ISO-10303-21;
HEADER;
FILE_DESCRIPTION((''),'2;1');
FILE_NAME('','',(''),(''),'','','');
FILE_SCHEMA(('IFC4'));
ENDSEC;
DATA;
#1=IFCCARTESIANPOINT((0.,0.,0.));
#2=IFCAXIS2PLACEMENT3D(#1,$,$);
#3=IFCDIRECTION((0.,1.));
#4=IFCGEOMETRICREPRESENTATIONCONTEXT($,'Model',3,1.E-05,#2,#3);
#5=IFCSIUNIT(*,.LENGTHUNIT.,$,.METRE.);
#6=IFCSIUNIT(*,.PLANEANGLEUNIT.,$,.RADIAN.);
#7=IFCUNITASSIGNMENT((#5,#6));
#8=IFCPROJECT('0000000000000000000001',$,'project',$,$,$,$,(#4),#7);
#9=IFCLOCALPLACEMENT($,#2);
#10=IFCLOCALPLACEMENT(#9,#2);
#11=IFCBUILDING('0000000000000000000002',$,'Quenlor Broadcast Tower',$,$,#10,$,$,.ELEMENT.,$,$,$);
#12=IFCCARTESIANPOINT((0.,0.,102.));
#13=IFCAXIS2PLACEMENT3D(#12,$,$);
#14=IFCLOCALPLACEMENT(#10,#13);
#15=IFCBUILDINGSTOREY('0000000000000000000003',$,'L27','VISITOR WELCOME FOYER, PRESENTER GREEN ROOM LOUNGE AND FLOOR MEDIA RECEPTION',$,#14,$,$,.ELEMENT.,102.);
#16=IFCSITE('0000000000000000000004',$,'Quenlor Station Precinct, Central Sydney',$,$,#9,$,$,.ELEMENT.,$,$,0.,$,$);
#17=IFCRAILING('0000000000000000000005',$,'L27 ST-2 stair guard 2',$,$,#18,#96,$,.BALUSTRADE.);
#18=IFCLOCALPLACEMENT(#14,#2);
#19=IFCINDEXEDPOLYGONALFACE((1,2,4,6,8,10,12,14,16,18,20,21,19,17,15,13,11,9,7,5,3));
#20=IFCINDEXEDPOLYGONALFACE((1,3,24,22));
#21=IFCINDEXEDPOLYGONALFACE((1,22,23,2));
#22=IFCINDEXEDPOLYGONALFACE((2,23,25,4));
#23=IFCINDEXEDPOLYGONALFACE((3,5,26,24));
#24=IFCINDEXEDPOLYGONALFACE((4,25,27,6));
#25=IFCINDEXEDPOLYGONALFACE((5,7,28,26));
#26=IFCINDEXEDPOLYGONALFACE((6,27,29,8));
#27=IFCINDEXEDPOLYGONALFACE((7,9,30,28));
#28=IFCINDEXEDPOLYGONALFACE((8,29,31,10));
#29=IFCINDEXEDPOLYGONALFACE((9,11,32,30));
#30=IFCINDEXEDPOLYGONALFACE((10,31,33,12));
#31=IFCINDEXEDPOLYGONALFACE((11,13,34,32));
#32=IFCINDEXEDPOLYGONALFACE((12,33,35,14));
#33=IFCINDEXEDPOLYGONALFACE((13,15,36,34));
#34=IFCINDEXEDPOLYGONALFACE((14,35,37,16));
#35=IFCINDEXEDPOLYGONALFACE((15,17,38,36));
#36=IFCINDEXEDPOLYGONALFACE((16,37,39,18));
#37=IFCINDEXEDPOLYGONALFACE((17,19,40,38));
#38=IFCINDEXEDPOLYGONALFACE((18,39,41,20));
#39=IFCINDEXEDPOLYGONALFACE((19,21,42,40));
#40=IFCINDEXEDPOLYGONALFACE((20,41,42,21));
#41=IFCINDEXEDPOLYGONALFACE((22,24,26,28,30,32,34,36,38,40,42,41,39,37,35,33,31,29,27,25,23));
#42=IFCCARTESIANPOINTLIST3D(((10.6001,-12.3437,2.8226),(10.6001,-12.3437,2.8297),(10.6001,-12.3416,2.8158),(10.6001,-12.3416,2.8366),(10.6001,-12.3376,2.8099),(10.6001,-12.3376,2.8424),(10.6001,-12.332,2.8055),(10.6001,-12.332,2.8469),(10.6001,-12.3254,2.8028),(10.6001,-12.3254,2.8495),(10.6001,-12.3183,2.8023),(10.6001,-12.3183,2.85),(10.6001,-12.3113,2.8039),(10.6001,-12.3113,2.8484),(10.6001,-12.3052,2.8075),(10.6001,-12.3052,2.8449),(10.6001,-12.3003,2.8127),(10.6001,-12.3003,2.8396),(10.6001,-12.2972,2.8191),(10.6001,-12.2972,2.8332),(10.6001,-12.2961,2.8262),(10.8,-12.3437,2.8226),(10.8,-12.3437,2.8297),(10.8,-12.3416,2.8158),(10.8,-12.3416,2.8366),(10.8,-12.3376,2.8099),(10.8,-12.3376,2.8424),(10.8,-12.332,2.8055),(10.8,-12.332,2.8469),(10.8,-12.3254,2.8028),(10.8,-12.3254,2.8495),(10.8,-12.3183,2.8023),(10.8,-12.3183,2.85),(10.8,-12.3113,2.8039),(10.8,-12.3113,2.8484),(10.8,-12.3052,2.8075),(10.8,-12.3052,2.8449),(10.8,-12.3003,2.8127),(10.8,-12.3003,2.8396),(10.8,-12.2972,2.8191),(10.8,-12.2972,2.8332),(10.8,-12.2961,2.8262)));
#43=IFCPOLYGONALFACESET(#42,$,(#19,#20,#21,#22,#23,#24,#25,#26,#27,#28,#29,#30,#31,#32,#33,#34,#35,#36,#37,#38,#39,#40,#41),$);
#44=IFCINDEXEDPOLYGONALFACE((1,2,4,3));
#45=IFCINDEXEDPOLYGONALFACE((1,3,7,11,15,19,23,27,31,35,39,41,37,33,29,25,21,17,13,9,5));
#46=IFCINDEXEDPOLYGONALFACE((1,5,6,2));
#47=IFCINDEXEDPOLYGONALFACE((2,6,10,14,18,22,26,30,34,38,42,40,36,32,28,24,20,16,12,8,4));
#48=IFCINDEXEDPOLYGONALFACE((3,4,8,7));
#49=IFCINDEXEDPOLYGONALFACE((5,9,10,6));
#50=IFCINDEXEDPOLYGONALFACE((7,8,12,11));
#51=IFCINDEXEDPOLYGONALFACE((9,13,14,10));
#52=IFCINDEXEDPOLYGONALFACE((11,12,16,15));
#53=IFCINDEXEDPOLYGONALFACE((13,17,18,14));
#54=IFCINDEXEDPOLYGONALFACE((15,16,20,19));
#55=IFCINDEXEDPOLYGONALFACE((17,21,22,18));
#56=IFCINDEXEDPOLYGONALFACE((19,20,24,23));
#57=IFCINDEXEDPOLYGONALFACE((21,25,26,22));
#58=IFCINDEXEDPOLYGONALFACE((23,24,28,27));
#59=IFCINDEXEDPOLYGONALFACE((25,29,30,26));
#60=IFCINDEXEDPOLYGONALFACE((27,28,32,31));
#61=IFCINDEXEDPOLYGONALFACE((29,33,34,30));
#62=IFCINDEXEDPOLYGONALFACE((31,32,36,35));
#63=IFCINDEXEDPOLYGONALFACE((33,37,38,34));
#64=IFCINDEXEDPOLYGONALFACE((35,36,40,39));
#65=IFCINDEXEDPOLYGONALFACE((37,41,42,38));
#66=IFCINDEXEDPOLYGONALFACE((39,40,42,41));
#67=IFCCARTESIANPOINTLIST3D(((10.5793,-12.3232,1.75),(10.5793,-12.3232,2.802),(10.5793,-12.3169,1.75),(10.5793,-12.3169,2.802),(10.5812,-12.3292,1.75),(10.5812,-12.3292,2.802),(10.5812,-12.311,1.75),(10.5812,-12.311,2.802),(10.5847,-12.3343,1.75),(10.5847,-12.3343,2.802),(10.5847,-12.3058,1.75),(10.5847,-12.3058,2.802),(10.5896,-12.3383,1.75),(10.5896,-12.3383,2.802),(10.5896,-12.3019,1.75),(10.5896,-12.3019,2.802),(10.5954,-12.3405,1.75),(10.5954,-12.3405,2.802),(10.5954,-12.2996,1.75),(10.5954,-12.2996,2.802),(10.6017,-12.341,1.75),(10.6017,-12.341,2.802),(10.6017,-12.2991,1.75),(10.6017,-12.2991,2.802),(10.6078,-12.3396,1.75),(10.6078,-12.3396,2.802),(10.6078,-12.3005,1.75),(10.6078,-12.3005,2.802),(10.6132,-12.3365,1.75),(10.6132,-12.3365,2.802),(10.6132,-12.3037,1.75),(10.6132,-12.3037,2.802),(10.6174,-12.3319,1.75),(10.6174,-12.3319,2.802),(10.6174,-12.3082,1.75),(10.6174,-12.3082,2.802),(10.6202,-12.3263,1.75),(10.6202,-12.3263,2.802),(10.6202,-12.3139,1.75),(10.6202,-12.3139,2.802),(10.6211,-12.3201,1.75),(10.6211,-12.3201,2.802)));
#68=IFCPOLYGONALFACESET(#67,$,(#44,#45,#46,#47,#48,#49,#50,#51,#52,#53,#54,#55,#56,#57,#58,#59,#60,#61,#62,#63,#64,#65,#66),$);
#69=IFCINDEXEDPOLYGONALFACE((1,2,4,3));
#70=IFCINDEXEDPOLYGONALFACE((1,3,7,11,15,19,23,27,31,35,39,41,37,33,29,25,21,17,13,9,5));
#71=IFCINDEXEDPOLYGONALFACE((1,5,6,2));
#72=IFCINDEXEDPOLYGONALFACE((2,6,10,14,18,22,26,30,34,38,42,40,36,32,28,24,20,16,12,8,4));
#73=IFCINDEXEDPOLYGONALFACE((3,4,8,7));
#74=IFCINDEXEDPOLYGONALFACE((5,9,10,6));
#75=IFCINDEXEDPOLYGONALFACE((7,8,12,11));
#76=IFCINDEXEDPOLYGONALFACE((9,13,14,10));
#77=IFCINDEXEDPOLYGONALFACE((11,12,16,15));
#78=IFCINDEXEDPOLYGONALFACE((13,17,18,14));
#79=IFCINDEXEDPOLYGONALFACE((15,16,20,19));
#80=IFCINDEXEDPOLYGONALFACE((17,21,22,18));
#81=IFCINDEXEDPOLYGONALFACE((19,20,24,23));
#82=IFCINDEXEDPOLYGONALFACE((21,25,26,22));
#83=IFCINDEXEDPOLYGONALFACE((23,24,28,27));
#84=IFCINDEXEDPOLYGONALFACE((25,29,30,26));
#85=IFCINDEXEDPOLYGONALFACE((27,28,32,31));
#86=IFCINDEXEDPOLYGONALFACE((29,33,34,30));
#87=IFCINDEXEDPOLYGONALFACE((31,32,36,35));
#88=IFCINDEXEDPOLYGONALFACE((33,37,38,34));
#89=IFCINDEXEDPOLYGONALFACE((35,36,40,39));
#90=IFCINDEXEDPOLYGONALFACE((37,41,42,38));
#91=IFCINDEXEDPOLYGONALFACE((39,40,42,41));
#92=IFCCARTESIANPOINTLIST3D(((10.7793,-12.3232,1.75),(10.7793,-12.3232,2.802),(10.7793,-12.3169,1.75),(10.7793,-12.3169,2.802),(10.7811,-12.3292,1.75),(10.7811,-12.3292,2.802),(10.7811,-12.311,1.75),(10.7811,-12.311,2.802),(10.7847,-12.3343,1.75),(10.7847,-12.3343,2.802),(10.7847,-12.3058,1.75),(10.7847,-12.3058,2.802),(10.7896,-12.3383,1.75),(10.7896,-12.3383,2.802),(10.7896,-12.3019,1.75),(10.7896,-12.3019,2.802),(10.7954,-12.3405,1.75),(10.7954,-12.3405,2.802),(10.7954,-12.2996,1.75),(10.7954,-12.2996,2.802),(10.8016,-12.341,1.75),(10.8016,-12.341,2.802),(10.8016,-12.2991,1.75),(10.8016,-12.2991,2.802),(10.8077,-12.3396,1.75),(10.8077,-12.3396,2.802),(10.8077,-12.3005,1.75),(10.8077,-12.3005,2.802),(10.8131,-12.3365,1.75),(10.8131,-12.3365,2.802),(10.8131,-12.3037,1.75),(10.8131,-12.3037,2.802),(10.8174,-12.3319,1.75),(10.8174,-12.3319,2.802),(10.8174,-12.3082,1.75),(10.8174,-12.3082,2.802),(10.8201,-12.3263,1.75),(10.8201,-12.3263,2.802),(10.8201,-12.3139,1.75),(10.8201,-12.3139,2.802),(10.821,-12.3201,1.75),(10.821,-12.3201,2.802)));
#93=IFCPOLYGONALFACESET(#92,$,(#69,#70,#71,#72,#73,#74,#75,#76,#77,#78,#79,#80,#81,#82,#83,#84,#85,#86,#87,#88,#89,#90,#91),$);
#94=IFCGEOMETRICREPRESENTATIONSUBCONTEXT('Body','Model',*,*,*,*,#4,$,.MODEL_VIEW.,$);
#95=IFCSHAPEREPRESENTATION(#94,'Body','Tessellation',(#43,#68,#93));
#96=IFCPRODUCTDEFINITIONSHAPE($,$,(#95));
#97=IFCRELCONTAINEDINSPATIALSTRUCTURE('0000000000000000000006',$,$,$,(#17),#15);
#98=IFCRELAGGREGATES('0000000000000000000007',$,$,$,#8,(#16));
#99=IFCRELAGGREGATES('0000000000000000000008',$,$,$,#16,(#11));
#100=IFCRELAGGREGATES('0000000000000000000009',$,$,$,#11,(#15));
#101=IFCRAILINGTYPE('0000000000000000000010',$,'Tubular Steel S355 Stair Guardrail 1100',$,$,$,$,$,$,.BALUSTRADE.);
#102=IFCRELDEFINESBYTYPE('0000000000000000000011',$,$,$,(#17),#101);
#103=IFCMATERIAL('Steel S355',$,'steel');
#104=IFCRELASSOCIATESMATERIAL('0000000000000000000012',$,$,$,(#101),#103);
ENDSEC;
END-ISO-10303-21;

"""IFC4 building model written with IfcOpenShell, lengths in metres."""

from ifc_helpers import new_model, si_unit, direction, frame, origin, origin_2d, place, context, subcontext, project, spatial, circle, extrude, material, type_object, element, save


model = new_model("IFC4")

# Units and contexts
model_context = context("Model", 3, precision=1e-05, world=origin(), true_north=direction((0.0, 1.0)))
body_context = subcontext(model_context, "Body", "Model", "MODEL_VIEW")
ifc_project = project(units=[si_unit("LENGTHUNIT", "METRE"), si_unit("PLANEANGLEUNIT", "RADIAN")], contexts=[model_context])

# Site, building, storey
site_placement = place(None, origin())
site = spatial("IfcSite", under=ifc_project, at=site_placement, Name="Quenlor Station Precinct, Central Sydney", CompositionType="ELEMENT", RefElevation=0.0)
building_placement = place(site_placement, origin())
building = spatial("IfcBuilding", under=site, at=building_placement, Name="Quenlor Broadcast Tower", CompositionType="ELEMENT")
storey_placement = place(building_placement, frame((0.0, 0.0, 102.0)))
storey = spatial("IfcBuildingStorey", under=building, at=storey_placement, Name="L27", Description="VISITOR WELCOME FOYER, PRESENTER GREEN ROOM LOUNGE AND FLOOR MEDIA RECEPTION", CompositionType="ELEMENT", Elevation=102.0)

# Railing
ifc_material_1 = material(Name="Steel S355", Category="steel")
railing_type_1 = type_object("IfcRailingType", Name="Tubular Steel S355 Stair Guardrail 1100", PredefinedType="BALUSTRADE", material=ifc_material_1)
railing_1_placement = place(storey_placement, frame((10.6001, -12.3201, 1.75)))
element("IfcRailing", 1, at=railing_1_placement, inside=storey, type_object=railing_type_1, Name="L27 ST-2 stair guard 2", PredefinedType="BALUSTRADE", context=body_context, shape_type="SweptSolid", body=[
    extrude(circle(Radius=0.0239, at=origin_2d()), frame((0.0, 0.0, 1.0762), z_axis=(1.0, 0.0, 0.0), x_axis=(0.0, 1.0, 0.0)), (0.0, 0.0, 1.0), 0.2),
    extrude(circle(Radius=0.021, at=origin_2d()), origin(), (0.0, 0.0, 1.0), 1.052),
    extrude(circle(Radius=0.021, at=origin_2d()), frame((0.2, 0.0, 0.0)), (0.0, 0.0, 1.0), 1.052),
])

save(model, "model.ifc")
